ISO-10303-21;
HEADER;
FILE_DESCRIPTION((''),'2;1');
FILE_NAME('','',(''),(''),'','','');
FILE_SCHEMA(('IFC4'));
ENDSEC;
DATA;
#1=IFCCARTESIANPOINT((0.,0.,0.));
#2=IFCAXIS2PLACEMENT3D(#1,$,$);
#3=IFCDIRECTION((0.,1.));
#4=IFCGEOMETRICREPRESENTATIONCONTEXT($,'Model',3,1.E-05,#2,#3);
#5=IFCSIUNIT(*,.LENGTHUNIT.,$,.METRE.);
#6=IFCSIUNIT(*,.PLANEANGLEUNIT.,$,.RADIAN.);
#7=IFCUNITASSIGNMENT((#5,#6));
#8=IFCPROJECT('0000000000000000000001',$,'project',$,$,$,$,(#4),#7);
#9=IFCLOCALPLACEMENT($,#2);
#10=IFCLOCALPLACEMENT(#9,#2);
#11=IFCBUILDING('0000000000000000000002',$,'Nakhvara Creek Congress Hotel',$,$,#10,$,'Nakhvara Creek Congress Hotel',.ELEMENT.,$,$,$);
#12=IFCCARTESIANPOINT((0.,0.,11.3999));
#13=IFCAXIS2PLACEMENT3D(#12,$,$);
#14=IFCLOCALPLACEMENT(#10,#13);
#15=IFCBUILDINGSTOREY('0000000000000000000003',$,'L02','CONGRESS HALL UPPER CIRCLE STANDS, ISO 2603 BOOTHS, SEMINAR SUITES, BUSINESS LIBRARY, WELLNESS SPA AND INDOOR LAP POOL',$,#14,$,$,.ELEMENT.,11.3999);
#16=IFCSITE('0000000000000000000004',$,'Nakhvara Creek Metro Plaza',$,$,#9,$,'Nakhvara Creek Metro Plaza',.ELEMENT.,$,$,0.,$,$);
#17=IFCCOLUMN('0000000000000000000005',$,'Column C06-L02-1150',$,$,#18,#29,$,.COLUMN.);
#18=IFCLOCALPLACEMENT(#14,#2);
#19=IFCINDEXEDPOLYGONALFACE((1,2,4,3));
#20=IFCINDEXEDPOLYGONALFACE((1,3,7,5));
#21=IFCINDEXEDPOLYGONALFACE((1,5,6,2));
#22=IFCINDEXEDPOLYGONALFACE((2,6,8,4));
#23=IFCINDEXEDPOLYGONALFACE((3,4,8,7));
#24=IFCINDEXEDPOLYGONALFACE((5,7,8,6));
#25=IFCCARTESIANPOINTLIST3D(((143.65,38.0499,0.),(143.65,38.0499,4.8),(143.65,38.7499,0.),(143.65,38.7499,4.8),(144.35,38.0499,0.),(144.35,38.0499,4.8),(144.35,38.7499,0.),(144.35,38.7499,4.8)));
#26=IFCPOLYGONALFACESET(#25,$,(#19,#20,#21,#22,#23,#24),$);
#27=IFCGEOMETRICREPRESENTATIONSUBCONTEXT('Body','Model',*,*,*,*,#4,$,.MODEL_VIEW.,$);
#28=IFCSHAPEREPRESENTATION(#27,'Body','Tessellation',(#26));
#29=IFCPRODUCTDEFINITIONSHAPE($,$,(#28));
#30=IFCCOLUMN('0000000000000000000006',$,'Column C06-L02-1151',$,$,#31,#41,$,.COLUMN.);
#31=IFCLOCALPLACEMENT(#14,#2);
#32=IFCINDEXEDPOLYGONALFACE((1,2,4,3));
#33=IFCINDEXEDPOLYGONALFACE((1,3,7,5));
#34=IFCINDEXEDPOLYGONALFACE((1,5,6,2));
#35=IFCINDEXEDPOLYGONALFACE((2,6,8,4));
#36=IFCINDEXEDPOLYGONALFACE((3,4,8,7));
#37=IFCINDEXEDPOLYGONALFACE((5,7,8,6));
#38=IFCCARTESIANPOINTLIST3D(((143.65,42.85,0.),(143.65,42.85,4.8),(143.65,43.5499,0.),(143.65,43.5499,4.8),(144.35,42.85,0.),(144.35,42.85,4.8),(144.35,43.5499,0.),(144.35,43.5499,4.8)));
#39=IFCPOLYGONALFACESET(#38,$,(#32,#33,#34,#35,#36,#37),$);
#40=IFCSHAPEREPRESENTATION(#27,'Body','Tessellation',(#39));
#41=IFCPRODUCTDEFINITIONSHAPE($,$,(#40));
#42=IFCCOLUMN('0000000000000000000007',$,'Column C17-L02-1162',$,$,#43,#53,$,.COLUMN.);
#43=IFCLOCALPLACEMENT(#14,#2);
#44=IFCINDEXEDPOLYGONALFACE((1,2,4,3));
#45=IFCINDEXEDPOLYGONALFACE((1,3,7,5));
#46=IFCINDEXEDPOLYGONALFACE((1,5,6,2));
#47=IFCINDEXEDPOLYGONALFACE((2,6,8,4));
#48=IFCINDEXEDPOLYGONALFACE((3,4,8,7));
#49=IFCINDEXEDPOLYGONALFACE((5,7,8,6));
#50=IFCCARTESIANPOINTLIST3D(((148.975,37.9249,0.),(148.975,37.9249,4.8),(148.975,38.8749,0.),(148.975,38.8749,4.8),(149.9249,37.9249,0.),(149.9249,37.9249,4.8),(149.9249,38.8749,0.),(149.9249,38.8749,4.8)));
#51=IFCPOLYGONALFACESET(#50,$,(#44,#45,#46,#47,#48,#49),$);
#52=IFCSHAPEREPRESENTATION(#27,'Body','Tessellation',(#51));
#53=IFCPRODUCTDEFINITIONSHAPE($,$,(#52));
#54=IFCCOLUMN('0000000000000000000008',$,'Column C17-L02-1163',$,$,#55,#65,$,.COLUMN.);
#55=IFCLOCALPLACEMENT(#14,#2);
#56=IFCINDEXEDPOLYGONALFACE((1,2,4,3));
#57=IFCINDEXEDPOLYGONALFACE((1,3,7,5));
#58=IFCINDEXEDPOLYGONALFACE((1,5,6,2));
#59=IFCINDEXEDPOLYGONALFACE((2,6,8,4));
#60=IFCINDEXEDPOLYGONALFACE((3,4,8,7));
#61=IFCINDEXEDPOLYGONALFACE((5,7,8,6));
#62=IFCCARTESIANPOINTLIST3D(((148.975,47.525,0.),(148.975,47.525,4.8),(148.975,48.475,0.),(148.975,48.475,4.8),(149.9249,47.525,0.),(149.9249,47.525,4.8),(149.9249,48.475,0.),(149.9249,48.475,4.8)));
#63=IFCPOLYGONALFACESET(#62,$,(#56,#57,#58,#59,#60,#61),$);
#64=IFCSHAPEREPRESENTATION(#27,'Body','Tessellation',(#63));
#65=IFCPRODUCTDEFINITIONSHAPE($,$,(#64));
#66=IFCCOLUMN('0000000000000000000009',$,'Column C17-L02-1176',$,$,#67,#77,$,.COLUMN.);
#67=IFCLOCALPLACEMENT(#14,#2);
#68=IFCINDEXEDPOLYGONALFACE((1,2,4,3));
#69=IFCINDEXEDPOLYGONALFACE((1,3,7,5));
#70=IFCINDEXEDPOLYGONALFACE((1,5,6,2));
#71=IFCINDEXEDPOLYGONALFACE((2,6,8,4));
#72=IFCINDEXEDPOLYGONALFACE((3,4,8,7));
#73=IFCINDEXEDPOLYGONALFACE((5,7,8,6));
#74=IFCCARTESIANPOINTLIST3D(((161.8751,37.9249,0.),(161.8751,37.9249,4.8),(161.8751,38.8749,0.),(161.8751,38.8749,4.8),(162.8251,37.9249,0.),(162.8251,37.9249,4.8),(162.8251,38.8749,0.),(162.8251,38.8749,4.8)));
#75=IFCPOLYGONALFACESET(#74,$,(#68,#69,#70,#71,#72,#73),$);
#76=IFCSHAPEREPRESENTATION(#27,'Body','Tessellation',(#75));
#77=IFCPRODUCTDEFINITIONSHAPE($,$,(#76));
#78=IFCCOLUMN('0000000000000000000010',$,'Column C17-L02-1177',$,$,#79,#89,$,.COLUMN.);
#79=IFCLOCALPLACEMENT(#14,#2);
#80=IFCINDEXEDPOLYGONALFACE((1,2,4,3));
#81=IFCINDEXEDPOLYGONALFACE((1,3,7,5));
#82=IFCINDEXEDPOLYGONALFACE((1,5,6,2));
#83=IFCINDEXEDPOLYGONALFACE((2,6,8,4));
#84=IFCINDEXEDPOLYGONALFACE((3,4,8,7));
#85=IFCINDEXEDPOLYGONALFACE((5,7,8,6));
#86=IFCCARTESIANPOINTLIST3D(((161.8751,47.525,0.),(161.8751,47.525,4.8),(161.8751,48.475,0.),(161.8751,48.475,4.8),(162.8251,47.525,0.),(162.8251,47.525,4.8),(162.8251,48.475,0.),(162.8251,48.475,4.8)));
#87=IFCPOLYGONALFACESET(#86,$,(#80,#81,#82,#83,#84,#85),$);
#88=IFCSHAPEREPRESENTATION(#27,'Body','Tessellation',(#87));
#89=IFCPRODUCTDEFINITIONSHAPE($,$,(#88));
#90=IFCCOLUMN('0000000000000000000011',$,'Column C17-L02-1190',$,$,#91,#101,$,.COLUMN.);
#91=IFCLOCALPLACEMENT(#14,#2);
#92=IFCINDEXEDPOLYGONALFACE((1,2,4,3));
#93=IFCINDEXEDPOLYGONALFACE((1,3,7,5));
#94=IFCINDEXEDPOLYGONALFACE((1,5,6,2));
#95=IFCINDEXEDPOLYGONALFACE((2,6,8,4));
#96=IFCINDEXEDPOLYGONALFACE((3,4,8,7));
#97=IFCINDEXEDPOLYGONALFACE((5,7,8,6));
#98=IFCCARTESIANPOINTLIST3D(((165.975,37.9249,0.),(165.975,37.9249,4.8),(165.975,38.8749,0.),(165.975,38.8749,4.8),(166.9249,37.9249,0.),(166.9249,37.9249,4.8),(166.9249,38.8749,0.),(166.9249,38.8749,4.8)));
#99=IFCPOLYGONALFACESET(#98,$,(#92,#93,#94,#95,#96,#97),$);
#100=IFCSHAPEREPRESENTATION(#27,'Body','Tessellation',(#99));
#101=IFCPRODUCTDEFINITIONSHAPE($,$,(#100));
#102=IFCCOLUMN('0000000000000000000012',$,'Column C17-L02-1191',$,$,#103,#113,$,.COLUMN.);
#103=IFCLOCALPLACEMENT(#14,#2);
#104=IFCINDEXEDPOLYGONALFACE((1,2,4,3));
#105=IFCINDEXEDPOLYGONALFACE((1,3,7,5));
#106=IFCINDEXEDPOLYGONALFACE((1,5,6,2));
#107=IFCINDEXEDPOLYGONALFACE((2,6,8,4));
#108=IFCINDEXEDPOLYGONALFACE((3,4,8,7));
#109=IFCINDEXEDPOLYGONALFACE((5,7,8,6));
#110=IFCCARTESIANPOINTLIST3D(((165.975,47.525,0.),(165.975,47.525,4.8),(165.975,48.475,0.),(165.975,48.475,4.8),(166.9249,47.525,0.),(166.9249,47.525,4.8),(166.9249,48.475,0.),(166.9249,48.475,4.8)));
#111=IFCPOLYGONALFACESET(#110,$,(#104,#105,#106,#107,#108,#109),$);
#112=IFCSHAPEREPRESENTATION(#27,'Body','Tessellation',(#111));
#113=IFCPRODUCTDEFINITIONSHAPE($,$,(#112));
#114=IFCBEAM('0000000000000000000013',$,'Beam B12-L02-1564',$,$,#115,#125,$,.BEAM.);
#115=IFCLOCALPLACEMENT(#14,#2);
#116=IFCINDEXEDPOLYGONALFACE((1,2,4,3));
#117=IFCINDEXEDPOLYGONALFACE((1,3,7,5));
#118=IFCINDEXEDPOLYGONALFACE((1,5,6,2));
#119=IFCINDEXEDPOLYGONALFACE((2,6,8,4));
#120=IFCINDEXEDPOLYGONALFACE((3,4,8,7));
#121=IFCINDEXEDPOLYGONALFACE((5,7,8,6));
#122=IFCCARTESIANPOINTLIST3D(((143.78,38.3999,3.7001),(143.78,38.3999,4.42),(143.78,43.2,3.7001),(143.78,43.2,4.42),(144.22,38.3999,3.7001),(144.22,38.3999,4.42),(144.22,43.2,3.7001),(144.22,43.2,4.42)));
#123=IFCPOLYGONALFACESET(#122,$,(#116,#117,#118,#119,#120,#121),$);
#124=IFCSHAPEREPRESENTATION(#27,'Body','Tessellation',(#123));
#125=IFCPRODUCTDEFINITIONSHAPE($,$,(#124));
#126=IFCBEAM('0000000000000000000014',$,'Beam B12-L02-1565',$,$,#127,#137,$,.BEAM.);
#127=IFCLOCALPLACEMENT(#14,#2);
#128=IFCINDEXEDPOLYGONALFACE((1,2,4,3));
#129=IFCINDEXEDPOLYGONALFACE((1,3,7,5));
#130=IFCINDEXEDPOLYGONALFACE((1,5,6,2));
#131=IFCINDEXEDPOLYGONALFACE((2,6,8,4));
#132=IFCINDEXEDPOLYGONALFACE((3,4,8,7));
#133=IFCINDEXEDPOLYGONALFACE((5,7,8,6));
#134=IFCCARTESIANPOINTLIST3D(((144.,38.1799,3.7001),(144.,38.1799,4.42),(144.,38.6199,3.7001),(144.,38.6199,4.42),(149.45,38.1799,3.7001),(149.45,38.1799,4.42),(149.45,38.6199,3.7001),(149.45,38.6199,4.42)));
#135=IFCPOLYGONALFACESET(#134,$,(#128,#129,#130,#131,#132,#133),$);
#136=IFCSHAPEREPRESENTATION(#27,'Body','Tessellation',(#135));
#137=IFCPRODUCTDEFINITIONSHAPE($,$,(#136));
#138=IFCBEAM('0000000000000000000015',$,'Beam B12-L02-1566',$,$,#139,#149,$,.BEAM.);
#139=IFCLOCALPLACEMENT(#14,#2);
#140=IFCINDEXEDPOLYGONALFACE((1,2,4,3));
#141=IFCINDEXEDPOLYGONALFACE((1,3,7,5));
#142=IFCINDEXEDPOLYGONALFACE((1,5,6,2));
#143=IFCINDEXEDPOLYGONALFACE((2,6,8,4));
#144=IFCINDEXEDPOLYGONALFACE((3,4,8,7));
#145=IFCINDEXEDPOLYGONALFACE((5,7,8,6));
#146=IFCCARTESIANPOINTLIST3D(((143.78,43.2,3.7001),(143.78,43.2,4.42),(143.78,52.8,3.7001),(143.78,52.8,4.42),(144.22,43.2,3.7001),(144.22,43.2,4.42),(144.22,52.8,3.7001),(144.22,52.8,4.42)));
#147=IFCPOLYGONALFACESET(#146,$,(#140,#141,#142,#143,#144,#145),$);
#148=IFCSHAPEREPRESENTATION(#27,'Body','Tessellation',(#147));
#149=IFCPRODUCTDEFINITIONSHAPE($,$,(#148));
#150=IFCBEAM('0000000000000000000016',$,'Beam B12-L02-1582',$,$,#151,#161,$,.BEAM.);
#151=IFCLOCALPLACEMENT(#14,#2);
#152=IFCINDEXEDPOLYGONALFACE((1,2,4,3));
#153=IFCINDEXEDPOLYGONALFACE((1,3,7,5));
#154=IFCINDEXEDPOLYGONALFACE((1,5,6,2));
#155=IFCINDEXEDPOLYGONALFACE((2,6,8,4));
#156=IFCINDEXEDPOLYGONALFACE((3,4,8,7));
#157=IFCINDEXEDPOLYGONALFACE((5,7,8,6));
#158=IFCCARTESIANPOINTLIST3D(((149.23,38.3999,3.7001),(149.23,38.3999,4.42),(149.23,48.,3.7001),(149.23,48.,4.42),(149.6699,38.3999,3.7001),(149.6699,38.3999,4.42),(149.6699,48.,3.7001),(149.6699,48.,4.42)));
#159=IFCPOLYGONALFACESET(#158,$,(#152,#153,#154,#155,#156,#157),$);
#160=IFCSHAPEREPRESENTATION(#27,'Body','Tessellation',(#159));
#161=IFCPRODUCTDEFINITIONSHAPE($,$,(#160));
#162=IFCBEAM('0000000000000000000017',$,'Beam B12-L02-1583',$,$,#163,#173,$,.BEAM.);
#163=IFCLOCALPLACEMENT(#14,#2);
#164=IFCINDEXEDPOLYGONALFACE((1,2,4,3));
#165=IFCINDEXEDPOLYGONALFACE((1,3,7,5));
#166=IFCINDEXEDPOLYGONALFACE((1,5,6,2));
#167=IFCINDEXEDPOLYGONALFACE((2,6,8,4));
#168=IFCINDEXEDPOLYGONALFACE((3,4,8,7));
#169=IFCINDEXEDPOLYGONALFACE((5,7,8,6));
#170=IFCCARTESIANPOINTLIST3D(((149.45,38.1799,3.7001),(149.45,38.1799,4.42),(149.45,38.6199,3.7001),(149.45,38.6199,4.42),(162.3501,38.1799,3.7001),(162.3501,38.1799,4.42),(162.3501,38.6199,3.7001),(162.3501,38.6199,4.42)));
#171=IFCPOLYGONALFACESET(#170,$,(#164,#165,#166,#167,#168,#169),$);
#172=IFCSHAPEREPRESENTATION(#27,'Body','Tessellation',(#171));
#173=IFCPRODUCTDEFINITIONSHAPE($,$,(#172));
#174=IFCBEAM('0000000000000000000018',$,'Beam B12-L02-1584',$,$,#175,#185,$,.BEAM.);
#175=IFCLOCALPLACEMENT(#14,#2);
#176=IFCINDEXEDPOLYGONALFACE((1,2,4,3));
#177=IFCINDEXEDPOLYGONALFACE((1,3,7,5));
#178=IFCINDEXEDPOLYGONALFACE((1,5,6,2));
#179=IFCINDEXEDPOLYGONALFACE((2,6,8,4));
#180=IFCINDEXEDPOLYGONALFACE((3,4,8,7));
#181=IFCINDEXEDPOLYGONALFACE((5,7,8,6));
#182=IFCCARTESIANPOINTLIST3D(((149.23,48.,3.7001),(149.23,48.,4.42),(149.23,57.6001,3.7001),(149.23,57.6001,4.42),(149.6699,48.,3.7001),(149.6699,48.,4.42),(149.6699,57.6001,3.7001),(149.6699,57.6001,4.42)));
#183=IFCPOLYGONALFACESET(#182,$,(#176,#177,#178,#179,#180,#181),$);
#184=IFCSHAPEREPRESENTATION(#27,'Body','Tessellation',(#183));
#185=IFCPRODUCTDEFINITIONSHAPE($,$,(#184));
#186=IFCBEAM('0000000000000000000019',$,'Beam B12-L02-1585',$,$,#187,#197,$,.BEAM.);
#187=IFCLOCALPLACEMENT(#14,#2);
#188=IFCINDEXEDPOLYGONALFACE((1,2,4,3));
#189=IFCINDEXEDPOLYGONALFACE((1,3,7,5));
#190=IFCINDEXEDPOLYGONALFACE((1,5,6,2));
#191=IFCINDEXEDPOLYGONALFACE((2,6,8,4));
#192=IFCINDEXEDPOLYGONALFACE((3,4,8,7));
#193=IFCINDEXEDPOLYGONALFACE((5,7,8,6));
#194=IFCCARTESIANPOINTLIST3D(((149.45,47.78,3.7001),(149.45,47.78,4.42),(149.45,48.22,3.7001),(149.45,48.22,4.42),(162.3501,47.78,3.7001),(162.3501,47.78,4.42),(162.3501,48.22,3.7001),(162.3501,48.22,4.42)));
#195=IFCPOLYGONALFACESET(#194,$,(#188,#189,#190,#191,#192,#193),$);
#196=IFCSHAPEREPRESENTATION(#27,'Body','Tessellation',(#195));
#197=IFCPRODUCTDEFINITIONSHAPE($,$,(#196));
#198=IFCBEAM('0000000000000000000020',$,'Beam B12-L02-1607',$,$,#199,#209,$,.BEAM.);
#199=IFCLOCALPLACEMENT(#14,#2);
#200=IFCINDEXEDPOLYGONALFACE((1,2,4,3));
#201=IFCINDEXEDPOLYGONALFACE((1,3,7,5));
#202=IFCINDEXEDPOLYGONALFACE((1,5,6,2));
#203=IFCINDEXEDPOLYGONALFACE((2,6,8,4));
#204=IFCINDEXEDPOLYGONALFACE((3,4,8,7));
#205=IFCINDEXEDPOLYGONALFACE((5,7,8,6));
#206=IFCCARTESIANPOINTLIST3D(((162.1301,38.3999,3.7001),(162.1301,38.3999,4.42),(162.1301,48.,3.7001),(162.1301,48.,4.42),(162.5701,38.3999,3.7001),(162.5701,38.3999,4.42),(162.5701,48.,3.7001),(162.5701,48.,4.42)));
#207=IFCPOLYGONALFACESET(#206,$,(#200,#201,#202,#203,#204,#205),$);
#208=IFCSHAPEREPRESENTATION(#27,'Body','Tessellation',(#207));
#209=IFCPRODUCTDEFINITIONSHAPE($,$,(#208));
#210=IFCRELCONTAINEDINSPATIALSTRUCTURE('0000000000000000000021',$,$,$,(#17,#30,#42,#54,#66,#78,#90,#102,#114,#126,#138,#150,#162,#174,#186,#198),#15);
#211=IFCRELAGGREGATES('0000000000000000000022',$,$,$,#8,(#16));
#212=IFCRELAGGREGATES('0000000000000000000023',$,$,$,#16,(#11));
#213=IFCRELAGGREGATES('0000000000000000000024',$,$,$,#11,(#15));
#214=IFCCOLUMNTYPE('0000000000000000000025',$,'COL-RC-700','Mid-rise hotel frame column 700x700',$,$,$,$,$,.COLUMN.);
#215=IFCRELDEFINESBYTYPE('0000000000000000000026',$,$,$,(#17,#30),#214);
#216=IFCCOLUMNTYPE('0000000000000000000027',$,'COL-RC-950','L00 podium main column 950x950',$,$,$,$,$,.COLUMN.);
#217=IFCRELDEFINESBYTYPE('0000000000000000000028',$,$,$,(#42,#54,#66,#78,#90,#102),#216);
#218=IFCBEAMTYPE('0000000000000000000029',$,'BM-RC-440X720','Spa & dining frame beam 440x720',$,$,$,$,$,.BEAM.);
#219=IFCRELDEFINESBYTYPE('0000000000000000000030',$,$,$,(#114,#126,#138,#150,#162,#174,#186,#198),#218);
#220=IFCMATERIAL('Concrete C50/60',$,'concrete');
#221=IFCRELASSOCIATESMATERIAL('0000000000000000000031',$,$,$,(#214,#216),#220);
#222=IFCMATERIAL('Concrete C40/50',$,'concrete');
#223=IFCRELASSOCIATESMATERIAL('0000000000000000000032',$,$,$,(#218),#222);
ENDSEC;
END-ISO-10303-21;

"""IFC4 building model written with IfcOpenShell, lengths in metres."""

from ifc_helpers import new_model, si_unit, direction, frame, origin, origin_2d, place, context, subcontext, project, spatial, rectangle, extrude, material, material_profile, profile_set, type_object, element, save


model = new_model("IFC4")

# Units and contexts
model_context = context("Model", 3, precision=1e-05, world=origin(), true_north=direction((0.0, 1.0)))
body_context = subcontext(model_context, "Body", "Model", "MODEL_VIEW")
ifc_project = project(units=[si_unit("LENGTHUNIT", "METRE"), si_unit("PLANEANGLEUNIT", "RADIAN")], contexts=[model_context])

# Site, building, storey
site_placement = place(None, origin())
site = spatial("IfcSite", under=ifc_project, at=site_placement, Name="Nakhvara Creek Metro Plaza", LongName="Nakhvara Creek Metro Plaza", CompositionType="ELEMENT", RefElevation=0.0)
building_placement = place(site_placement, origin())
building = spatial("IfcBuilding", under=site, at=building_placement, Name="Nakhvara Creek Congress Hotel", LongName="Nakhvara Creek Congress Hotel", CompositionType="ELEMENT")
storey_placement = place(building_placement, frame((0.0, 0.0, 11.3999)))
storey = spatial("IfcBuildingStorey", under=building, at=storey_placement, Name="L02", Description="CONGRESS HALL UPPER CIRCLE STANDS, ISO 2603 BOOTHS, SEMINAR SUITES, BUSINESS LIBRARY, WELLNESS SPA AND INDOOR LAP POOL", CompositionType="ELEMENT", Elevation=11.3999)

# Columns
ifc_material_1 = material(Name="Concrete C50/60", Category="concrete")
ifc_material_profile_1 = material_profile(ifc_material_1, rectangle(XDim=0.7, YDim=0.7, at=origin_2d()), Name="RC-COL 700x700", Category="LoadBearing")
ifc_profile_set_1 = profile_set([ifc_material_profile_1], Name="Concrete C50/60")
column_type_1 = type_object("IfcColumnType", Name="COL-RC-700", Description="Mid-rise hotel frame column 700x700", PredefinedType="COLUMN", material=ifc_profile_set_1)
for number, where, z_axis, x_axis, name in (
    (1, (144.0, 38.3999, 0.0), (0.0, 0.0, 1.0), (1.0, 0.0, 0.0), "Column C06-L02-1150"),
    (2, (144.0, 43.2, 0.0), (0.0, 0.0, 1.0), (1.0, 0.0, 0.0), "Column C06-L02-1151"),
):
    element("IfcColumn", number, at=place(storey_placement, frame(where, z_axis=z_axis, x_axis=x_axis)), inside=storey, type_object=column_type_1, Name=name, PredefinedType="COLUMN", context=body_context, shape_type="SweptSolid", body=[
        extrude(rectangle(XDim=0.7, YDim=0.7, at=origin_2d()), origin(), (0.0, 0.0, 1.0), 4.8),
    ])
ifc_material_profile_2 = material_profile(ifc_material_1, rectangle(XDim=0.95, YDim=0.95, at=origin_2d()), Name="RC-COL 950x950", Category="LoadBearing")
ifc_profile_set_2 = profile_set([ifc_material_profile_2], Name="Concrete C50/60")
column_type_2 = type_object("IfcColumnType", Name="COL-RC-950", Description="L00 podium main column 950x950", PredefinedType="COLUMN", material=ifc_profile_set_2)
for number, where, z_axis, x_axis, name in (
    (3, (149.45, 38.3999, 0.0), (0.0, 0.0, 1.0), (1.0, 0.0, 0.0), "Column C17-L02-1162"),
    (4, (149.45, 48.0, 0.0), (0.0, 0.0, 1.0), (1.0, 0.0, 0.0), "Column C17-L02-1163"),
    (5, (162.3501, 38.3999, 0.0), (0.0, 0.0, 1.0), (1.0, 0.0, 0.0), "Column C17-L02-1176"),
    (6, (162.3501, 48.0, 0.0), (0.0, 0.0, 1.0), (1.0, 0.0, 0.0), "Column C17-L02-1177"),
    (7, (166.45, 38.3999, 0.0), (0.0, 0.0, 1.0), (1.0, 0.0, 0.0), "Column C17-L02-1190"),
    (8, (166.45, 48.0, 0.0), (0.0, 0.0, 1.0), (1.0, 0.0, 0.0), "Column C17-L02-1191"),
):
    element("IfcColumn", number, at=place(storey_placement, frame(where, z_axis=z_axis, x_axis=x_axis)), inside=storey, type_object=column_type_2, Name=name, PredefinedType="COLUMN", context=body_context, shape_type="SweptSolid", body=[
        extrude(rectangle(XDim=0.95, YDim=0.95, at=origin_2d()), origin(), (0.0, 0.0, 1.0), 4.8),
    ])

# Beams
ifc_material_2 = material(Name="Concrete C40/50", Category="concrete")
ifc_material_profile_3 = material_profile(ifc_material_2, rectangle(XDim=0.4399, YDim=0.72, at=origin_2d()), Name="RC-BM 440x720", Category="LoadBearing")
ifc_profile_set_3 = profile_set([ifc_material_profile_3], Name="Concrete C40/50")
beam_type = type_object("IfcBeamType", Name="BM-RC-440X720", Description="Spa & dining frame beam 440x720", PredefinedType="BEAM", material=ifc_profile_set_3)
beam_1_placement = place(storey_placement, frame((144.0, 38.3999, 4.0601), z_axis=(0.0, 1.0, 0.0), x_axis=(-1.0, 0.0, 0.0)))
element("IfcBeam", 9, at=beam_1_placement, inside=storey, type_object=beam_type, Name="Beam B12-L02-1564", PredefinedType="BEAM", context=body_context, shape_type="SweptSolid", body=[
    extrude(rectangle(XDim=0.4399, YDim=0.72, at=origin_2d()), origin(), (0.0, 0.0, 1.0), 4.8),
])
beam_2_placement = place(storey_placement, frame((144.0, 38.3999, 4.0601), z_axis=(1.0, 0.0, 0.0), x_axis=(0.0, 1.0, 0.0)))
element("IfcBeam", 10, at=beam_2_placement, inside=storey, type_object=beam_type, Name="Beam B12-L02-1565", PredefinedType="BEAM", context=body_context, shape_type="SweptSolid", body=[
    extrude(rectangle(XDim=0.4399, YDim=0.72, at=origin_2d()), origin(), (0.0, 0.0, 1.0), 5.45),
])
for number, where, z_axis, x_axis, name in (
    (11, (144.0, 43.2, 4.0601), (0.0, 1.0, 0.0), (-1.0, 0.0, 0.0), "Beam B12-L02-1566"),
    (12, (149.45, 38.3999, 4.0601), (0.0, 1.0, 0.0), (-1.0, 0.0, 0.0), "Beam B12-L02-1582"),
):
    element("IfcBeam", number, at=place(storey_placement, frame(where, z_axis=z_axis, x_axis=x_axis)), inside=storey, type_object=beam_type, Name=name, PredefinedType="BEAM", context=body_context, shape_type="SweptSolid", body=[
        extrude(rectangle(XDim=0.4399, YDim=0.72, at=origin_2d()), origin(), (0.0, 0.0, 1.0), 9.6001),
    ])
beam_3_placement = place(storey_placement, frame((149.45, 38.3999, 4.0601), z_axis=(1.0, 0.0, 0.0), x_axis=(0.0, 1.0, 0.0)))
element("IfcBeam", 13, at=beam_3_placement, inside=storey, type_object=beam_type, Name="Beam B12-L02-1583", PredefinedType="BEAM", context=body_context, shape_type="SweptSolid", body=[
    extrude(rectangle(XDim=0.4399, YDim=0.72, at=origin_2d()), origin(), (0.0, 0.0, 1.0), 12.9001),
])
beam_4_placement = place(storey_placement, frame((149.45, 48.0, 4.0601), z_axis=(0.0, 1.0, 0.0), x_axis=(-1.0, 0.0, 0.0)))
element("IfcBeam", 14, at=beam_4_placement, inside=storey, type_object=beam_type, Name="Beam B12-L02-1584", PredefinedType="BEAM", context=body_context, shape_type="SweptSolid", body=[
    extrude(rectangle(XDim=0.4399, YDim=0.72, at=origin_2d()), origin(), (0.0, 0.0, 1.0), 9.6001),
])
beam_5_placement = place(storey_placement, frame((149.45, 48.0, 4.0601), z_axis=(1.0, 0.0, 0.0), x_axis=(0.0, 1.0, 0.0)))
element("IfcBeam", 15, at=beam_5_placement, inside=storey, type_object=beam_type, Name="Beam B12-L02-1585", PredefinedType="BEAM", context=body_context, shape_type="SweptSolid", body=[
    extrude(rectangle(XDim=0.4399, YDim=0.72, at=origin_2d()), origin(), (0.0, 0.0, 1.0), 12.9001),
])
beam_6_placement = place(storey_placement, frame((162.3501, 38.3999, 4.0601), z_axis=(0.0, 1.0, 0.0), x_axis=(-1.0, 0.0, 0.0)))
element("IfcBeam", 16, at=beam_6_placement, inside=storey, type_object=beam_type, Name="Beam B12-L02-1607", PredefinedType="BEAM", context=body_context, shape_type="SweptSolid", body=[
    extrude(rectangle(XDim=0.4399, YDim=0.72, at=origin_2d()), origin(), (0.0, 0.0, 1.0), 9.6001),
])

save(model, "model.ifc")
